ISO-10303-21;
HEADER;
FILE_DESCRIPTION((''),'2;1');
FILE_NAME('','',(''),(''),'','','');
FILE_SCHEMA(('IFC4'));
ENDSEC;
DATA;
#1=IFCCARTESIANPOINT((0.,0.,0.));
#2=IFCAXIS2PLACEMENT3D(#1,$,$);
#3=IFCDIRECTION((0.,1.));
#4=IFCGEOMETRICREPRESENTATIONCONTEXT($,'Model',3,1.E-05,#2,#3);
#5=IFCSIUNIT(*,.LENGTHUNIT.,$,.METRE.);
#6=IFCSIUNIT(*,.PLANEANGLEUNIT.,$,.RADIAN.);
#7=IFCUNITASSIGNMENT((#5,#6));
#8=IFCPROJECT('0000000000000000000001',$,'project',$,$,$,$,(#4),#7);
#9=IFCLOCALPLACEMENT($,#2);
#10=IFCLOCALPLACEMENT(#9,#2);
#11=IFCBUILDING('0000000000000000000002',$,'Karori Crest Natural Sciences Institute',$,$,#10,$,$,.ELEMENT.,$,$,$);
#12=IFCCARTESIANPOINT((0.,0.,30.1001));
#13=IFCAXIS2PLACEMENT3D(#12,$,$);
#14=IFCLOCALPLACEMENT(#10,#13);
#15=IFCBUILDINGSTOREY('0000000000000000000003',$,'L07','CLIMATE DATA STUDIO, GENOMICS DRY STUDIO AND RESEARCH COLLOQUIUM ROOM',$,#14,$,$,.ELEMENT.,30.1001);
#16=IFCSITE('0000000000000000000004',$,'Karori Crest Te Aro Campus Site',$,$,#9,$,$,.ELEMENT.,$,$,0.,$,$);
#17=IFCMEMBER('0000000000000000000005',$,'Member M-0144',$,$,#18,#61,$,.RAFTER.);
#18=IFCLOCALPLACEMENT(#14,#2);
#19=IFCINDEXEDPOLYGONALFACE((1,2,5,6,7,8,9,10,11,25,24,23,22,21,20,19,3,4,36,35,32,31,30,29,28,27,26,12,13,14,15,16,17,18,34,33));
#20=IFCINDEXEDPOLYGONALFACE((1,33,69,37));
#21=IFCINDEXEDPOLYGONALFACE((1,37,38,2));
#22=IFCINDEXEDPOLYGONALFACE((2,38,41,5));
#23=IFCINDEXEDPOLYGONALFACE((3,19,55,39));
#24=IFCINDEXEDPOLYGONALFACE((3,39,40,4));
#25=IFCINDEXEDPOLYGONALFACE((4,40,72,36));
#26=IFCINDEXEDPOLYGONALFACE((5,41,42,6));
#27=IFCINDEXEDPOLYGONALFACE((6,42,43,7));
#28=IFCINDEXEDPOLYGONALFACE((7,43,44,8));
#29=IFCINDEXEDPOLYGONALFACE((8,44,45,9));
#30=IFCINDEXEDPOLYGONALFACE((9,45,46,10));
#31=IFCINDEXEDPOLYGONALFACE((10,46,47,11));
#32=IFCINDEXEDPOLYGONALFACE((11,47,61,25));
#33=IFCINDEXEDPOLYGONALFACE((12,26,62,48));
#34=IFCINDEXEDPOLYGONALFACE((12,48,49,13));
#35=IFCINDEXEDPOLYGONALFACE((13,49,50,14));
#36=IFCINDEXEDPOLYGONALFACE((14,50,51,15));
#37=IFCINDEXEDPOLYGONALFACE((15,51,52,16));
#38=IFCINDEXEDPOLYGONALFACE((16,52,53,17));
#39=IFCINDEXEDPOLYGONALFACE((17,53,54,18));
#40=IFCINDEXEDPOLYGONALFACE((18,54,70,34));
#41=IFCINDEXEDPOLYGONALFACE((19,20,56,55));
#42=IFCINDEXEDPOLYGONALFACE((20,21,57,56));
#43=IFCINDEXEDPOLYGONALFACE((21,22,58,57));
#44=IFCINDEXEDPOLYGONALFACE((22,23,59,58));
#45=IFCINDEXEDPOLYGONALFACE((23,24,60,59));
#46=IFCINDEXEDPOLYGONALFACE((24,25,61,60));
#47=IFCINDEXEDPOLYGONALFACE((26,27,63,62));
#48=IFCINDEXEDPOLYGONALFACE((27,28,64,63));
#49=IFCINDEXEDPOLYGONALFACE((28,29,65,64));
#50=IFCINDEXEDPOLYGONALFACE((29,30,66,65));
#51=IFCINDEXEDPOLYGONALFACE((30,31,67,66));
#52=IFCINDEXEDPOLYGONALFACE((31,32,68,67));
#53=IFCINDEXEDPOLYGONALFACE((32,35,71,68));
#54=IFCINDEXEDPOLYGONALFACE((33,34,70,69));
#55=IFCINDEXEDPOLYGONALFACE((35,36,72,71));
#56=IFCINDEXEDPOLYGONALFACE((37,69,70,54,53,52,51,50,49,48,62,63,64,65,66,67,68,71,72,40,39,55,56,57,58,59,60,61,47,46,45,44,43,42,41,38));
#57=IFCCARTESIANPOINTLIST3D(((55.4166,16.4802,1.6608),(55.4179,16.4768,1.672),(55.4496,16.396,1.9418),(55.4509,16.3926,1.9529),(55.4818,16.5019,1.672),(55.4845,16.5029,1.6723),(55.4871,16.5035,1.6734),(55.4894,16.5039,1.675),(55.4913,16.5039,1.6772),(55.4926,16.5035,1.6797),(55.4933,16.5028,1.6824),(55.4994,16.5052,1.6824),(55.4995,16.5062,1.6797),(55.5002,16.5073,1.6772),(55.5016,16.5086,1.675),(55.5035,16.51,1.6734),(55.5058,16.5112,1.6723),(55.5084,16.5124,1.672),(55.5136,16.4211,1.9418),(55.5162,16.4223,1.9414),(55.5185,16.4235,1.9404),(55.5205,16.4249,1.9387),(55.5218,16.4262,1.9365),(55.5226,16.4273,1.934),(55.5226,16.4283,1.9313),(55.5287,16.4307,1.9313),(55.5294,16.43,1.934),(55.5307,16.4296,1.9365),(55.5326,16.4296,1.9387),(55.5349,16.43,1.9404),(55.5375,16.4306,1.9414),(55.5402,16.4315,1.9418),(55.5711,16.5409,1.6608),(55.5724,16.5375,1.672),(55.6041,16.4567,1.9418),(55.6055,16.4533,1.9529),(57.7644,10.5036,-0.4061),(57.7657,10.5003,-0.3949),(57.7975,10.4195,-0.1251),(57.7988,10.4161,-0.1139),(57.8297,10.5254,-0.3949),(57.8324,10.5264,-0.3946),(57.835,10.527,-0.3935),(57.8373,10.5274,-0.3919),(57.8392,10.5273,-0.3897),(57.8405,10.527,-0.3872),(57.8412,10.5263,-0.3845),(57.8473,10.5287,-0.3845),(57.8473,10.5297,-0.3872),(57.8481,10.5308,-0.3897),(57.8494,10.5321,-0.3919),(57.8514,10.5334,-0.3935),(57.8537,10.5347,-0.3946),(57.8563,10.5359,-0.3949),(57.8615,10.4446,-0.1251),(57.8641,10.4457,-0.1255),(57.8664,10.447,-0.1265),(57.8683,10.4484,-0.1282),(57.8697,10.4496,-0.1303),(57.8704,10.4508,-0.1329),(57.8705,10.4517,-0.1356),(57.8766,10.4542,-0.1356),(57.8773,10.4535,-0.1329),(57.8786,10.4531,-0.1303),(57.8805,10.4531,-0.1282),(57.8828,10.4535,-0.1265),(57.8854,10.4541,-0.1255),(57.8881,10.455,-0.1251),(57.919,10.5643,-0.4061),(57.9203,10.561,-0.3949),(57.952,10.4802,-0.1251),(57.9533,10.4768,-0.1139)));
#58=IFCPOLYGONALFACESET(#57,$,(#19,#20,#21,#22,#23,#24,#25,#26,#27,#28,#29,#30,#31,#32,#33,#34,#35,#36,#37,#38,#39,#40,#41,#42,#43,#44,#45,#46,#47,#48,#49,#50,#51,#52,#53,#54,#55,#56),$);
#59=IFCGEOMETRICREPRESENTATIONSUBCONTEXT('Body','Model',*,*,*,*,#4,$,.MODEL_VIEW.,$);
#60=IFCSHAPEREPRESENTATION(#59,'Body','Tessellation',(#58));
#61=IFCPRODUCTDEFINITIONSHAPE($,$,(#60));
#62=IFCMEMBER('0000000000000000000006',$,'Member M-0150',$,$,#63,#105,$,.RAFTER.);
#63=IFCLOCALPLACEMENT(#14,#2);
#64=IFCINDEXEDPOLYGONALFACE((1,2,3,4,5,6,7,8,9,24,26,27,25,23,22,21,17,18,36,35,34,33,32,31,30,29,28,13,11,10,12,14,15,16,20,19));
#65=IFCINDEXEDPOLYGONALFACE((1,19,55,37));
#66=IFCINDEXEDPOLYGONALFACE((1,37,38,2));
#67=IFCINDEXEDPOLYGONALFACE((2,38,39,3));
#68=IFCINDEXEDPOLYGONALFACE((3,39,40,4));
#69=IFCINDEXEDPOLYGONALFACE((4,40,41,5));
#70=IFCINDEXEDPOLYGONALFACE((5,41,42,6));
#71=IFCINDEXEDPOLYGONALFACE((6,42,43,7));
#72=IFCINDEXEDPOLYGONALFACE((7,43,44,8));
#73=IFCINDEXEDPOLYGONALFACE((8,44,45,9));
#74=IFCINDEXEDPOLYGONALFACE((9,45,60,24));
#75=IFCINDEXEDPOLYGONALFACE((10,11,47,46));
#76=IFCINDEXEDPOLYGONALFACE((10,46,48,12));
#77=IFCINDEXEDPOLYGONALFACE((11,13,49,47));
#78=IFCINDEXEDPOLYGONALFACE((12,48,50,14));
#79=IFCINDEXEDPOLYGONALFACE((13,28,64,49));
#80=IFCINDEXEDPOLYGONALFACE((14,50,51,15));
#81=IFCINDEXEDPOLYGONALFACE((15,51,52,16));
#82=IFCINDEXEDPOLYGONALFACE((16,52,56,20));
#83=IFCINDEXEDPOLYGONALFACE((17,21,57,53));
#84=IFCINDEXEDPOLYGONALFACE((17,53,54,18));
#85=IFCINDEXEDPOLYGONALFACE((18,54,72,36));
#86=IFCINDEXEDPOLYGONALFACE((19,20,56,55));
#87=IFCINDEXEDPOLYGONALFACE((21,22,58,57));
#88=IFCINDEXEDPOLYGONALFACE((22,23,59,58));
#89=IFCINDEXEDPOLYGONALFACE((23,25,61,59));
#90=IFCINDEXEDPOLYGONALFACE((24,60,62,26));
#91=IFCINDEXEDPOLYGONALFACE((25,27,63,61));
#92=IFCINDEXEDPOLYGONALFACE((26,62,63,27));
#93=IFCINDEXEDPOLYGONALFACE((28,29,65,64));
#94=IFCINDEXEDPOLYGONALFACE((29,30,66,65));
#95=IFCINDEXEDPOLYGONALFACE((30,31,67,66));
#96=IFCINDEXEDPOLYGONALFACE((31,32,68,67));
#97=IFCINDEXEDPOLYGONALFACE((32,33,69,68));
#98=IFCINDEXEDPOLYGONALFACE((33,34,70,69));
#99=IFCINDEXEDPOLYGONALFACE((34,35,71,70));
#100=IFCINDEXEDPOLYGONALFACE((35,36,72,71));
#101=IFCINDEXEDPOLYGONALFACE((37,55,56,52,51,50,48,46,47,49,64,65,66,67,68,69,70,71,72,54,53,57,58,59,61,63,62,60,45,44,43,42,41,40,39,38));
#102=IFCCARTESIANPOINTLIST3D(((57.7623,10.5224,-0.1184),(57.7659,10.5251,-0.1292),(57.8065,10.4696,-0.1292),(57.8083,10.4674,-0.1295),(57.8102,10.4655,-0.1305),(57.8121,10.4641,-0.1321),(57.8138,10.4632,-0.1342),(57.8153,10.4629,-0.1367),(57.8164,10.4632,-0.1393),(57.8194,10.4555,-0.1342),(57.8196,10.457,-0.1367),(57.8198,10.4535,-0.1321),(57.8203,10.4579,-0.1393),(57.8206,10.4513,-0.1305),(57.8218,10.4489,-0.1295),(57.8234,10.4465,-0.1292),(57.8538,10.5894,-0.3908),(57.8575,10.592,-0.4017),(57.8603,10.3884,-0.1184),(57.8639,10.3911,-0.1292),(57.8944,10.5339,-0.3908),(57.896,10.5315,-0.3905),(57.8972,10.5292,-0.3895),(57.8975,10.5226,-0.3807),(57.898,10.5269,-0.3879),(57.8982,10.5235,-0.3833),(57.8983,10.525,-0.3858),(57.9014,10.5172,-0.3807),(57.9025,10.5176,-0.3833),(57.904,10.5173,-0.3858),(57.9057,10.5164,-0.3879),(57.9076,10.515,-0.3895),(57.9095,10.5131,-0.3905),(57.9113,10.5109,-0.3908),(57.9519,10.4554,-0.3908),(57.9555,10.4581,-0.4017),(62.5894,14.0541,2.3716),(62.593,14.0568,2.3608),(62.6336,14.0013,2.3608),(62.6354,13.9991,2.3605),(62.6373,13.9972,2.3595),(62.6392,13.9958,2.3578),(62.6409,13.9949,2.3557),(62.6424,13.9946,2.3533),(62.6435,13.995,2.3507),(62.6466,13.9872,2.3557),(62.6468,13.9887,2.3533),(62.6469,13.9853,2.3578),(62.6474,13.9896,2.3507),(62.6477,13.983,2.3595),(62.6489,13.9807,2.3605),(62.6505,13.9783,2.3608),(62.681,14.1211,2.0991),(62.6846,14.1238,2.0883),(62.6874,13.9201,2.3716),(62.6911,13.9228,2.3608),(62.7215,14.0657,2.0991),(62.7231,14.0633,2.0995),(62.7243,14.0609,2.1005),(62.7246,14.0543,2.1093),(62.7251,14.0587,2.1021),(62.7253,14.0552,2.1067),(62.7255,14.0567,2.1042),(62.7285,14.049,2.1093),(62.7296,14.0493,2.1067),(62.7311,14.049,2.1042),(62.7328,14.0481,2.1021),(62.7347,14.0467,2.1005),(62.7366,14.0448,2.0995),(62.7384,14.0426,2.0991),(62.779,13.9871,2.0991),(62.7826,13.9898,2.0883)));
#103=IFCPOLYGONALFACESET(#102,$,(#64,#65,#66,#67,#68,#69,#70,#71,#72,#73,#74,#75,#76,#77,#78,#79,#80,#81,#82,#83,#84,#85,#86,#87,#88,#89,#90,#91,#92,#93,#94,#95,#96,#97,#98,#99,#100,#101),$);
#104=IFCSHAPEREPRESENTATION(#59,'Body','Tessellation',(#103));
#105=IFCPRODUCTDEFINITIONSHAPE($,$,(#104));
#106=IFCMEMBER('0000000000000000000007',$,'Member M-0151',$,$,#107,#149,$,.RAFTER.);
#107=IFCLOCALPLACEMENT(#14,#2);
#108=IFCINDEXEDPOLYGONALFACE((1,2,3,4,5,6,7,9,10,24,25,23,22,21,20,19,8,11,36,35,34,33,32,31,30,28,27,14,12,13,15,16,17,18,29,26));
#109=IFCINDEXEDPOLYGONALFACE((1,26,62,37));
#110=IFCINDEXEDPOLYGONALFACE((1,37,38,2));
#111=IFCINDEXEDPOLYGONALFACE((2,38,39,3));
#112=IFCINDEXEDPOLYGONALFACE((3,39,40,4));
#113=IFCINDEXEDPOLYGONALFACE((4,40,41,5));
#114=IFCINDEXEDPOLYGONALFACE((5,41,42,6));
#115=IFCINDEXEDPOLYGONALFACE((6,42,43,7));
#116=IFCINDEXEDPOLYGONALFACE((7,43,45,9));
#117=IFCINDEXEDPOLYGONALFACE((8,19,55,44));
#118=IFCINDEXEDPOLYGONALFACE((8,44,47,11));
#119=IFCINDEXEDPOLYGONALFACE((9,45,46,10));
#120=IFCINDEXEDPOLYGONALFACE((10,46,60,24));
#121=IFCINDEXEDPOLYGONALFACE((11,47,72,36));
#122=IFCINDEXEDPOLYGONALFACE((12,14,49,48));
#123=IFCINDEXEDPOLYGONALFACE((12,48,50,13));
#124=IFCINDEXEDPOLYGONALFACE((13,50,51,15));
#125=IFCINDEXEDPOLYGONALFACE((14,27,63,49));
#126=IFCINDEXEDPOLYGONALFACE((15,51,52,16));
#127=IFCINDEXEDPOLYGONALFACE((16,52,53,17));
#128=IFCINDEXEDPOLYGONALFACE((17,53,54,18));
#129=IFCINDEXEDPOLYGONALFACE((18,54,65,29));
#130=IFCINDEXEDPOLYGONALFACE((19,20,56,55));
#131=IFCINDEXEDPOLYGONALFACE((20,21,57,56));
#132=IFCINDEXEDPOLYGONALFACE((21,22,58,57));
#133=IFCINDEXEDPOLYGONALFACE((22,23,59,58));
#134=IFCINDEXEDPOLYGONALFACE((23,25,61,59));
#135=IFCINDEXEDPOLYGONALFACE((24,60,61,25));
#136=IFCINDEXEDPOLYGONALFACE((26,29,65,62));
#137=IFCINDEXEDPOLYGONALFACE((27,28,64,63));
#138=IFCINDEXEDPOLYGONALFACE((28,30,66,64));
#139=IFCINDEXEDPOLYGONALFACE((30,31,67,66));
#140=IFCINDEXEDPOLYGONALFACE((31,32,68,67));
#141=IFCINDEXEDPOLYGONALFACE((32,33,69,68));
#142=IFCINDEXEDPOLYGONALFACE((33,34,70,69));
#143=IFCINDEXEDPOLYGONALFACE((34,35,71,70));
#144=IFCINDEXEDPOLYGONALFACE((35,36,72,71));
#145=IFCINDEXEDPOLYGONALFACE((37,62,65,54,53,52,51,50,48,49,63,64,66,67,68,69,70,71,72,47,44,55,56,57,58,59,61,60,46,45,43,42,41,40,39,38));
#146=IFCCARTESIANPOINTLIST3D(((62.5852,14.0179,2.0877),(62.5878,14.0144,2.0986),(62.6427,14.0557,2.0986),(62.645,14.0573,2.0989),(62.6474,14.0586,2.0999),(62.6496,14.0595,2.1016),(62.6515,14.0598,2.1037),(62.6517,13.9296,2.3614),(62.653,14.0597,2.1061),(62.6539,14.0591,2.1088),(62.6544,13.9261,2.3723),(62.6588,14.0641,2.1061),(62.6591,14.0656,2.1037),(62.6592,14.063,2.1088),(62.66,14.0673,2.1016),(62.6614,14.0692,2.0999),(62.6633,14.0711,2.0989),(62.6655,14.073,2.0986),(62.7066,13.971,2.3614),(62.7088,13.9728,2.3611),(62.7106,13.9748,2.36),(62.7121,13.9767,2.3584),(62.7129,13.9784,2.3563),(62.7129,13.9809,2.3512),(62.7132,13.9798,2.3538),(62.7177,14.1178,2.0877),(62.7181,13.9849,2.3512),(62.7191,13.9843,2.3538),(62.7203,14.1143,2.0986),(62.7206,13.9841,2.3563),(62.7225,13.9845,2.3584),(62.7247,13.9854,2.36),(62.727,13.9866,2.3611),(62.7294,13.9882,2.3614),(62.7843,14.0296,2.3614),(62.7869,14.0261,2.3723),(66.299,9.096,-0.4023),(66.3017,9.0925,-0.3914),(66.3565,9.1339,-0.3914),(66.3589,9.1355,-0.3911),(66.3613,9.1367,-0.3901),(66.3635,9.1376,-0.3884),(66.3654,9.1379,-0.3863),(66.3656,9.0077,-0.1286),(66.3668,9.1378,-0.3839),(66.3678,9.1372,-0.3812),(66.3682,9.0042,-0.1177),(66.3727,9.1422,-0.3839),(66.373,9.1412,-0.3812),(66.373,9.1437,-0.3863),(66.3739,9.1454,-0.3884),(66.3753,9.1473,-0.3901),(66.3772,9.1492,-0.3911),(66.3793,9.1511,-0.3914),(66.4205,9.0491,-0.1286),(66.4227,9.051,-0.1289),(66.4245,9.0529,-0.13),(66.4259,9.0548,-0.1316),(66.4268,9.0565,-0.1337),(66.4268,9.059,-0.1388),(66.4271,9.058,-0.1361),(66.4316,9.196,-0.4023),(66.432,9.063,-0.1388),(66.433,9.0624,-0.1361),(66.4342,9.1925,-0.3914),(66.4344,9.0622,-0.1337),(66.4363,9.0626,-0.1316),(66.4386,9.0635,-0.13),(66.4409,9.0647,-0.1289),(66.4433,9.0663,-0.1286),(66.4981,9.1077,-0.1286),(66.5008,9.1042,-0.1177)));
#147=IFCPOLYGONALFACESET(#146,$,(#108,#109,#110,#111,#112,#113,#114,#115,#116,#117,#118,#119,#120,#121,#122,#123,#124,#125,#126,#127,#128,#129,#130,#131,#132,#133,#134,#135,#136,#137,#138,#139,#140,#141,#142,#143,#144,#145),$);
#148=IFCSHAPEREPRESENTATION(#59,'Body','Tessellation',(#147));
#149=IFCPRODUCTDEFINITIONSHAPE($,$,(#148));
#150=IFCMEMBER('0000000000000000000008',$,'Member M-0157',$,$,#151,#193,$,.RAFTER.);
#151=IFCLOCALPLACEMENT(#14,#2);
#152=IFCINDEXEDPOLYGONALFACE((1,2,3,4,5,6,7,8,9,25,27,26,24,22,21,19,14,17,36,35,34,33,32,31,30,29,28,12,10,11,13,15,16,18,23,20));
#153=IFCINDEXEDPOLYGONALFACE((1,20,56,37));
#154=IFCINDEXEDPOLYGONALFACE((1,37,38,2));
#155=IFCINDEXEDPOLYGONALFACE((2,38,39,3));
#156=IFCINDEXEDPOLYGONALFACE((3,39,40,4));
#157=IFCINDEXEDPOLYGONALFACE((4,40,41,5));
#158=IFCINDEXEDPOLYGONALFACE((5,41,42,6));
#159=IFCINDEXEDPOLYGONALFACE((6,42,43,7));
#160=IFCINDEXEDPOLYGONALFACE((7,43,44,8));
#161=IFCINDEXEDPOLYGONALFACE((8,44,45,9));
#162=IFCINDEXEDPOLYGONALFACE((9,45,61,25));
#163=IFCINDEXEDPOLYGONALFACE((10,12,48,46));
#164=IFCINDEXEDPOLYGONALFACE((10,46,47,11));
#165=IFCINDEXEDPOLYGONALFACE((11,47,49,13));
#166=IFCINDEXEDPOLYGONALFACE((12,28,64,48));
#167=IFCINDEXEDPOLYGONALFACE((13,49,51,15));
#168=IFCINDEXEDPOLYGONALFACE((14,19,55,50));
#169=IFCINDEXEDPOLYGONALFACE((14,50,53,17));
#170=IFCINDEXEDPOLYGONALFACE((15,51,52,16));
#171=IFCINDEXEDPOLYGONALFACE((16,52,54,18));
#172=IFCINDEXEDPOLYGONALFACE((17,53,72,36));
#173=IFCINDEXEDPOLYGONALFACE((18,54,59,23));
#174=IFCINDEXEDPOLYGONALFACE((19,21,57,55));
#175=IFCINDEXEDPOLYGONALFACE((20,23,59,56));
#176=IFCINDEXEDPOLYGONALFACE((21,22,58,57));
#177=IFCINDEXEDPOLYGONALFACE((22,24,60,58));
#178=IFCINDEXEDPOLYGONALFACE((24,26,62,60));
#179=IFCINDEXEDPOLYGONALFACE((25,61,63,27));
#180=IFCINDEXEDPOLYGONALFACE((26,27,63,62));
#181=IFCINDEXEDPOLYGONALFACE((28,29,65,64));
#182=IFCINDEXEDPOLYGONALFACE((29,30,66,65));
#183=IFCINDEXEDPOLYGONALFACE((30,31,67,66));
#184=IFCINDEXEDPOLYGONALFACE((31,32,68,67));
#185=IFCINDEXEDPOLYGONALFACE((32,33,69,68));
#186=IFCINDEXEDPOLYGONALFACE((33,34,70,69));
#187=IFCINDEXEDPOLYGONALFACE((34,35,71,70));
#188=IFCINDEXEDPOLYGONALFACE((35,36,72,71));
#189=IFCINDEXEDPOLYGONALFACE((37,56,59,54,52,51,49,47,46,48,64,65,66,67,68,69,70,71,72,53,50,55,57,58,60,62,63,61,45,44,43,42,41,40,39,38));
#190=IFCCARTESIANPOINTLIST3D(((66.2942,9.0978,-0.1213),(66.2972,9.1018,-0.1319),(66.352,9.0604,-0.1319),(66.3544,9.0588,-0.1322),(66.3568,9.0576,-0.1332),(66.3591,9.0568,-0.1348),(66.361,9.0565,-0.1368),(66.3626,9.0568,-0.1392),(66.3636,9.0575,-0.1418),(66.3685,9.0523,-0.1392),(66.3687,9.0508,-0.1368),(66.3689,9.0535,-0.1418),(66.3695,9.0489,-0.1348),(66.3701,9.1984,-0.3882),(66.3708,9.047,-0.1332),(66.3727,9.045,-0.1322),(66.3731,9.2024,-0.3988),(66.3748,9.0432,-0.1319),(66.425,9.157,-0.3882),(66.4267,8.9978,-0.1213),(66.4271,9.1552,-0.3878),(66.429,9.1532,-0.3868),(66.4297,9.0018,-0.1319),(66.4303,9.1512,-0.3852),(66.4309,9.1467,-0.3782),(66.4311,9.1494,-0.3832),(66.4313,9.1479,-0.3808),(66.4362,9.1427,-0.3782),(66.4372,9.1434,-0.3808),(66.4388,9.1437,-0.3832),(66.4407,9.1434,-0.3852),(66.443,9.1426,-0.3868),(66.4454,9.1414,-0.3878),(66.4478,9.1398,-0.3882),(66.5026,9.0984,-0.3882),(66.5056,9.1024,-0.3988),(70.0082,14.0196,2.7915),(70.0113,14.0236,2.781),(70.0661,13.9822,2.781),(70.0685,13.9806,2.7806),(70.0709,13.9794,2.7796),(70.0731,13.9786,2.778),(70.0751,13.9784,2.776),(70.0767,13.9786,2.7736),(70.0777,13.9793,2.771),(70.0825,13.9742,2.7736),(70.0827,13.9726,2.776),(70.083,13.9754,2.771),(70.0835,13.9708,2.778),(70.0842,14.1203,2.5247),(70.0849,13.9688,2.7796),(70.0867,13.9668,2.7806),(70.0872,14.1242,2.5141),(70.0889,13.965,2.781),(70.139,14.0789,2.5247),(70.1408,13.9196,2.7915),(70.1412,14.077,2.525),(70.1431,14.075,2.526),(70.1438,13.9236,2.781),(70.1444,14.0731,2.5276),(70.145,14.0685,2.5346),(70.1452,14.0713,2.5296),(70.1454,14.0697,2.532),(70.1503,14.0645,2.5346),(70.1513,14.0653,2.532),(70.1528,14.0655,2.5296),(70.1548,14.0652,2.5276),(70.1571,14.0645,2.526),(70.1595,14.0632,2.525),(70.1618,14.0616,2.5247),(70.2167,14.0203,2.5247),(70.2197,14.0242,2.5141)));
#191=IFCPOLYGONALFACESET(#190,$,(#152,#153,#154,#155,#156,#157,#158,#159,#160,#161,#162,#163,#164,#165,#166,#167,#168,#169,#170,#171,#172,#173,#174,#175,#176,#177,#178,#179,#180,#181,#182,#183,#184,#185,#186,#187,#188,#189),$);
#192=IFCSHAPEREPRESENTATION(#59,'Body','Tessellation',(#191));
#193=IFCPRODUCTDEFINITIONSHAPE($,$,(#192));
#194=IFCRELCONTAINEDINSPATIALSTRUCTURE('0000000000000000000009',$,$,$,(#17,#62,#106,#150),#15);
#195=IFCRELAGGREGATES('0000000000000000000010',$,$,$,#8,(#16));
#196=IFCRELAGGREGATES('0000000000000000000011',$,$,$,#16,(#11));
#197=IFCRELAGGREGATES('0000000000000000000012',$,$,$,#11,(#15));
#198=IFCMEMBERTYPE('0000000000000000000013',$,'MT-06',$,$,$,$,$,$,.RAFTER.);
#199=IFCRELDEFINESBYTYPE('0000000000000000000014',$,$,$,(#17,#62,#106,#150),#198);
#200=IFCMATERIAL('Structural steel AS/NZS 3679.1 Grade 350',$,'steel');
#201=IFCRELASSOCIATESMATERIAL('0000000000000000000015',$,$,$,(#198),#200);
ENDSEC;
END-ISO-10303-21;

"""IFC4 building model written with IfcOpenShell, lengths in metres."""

from ifc_helpers import new_model, si_unit, direction, frame, origin, origin_2d, place, context, subcontext, project, spatial, i_section, extrude, material, material_profile, profile_set, type_object, element, save


model = new_model("IFC4")

# Units and contexts
model_context = context("Model", 3, precision=1e-05, world=origin(), true_north=direction((0.0, 1.0)))
body_context = subcontext(model_context, "Body", "Model", "MODEL_VIEW")
ifc_project = project(units=[si_unit("LENGTHUNIT", "METRE"), si_unit("PLANEANGLEUNIT", "RADIAN")], contexts=[model_context])

# Site, building, storey
site_placement = place(None, origin())
site = spatial("IfcSite", under=ifc_project, at=site_placement, Name="Karori Crest Te Aro Campus Site", CompositionType="ELEMENT", RefElevation=0.0)
building_placement = place(site_placement, origin())
building = spatial("IfcBuilding", under=site, at=building_placement, Name="Karori Crest Natural Sciences Institute", CompositionType="ELEMENT")
storey_placement = place(building_placement, frame((0.0, 0.0, 30.1001)))
storey = spatial("IfcBuildingStorey", under=building, at=storey_placement, Name="L07", Description="CLIMATE DATA STUDIO, GENOMICS DRY STUDIO AND RESEARCH COLLOQUIUM ROOM", CompositionType="ELEMENT", Elevation=30.1001)

# Members
ifc_material_1 = material(Name="Structural steel AS/NZS 3679.1 Grade 350", Category="steel")
ifc_material_profile_1 = material_profile(ifc_material_1, i_section(OverallWidth=0.166, OverallDepth=0.3069, WebThickness=0.0066, FlangeThickness=0.0117, FilletRadius=0.011, at=origin_2d()), Name="310UB46.2")
ifc_profile_set_1 = profile_set([ifc_material_profile_1], Name="Structural steel AS/NZS 3679.1 Grade 350")
member_type_1 = type_object("IfcMemberType", Name="MT-06", PredefinedType="RAFTER", material=ifc_profile_set_1)
member_1_placement = place(storey_placement, frame((57.8589, 10.4902, -0.26), z_axis=(-0.348061, 0.885986, 0.306403), x_axis=(-0.930753, -0.365648, 0.0)))
element("IfcMember", 1, at=member_1_placement, inside=storey, type_object=member_type_1, Name="Member M-0144", PredefinedType="RAFTER", context=body_context, shape_type="SweptSolid", body=[
    extrude(i_section(OverallWidth=0.166, OverallDepth=0.3069, WebThickness=0.0066, FlangeThickness=0.0117, FilletRadius=0.011, at=origin_2d()), origin(), (0.0, 0.0, 1.0), 6.7456),
])
member_2_placement = place(storey_placement, frame((57.8589, 10.4902, -0.26), z_axis=(0.745071, 0.545124, 0.38433), x_axis=(-0.590475, 0.807056, 0.0)))
element("IfcMember", 2, at=member_2_placement, inside=storey, type_object=member_type_1, Name="Member M-0150", PredefinedType="RAFTER", context=body_context, shape_type="SweptSolid", body=[
    extrude(i_section(OverallWidth=0.166, OverallDepth=0.3069, WebThickness=0.0066, FlangeThickness=0.0117, FilletRadius=0.011, at=origin_2d()), origin(), (0.0, 0.0, 1.0), 6.4788),
])
member_3_placement = place(storey_placement, frame((66.3999, 9.1001, -0.26), z_axis=(-0.558506, 0.740172, 0.374455), x_axis=(-0.798248, -0.602329, 0.0)))
element("IfcMember", 3, at=member_3_placement, inside=storey, type_object=member_type_1, Name="Member M-0151", PredefinedType="RAFTER", context=body_context, shape_type="SweptSolid", body=[
    extrude(i_section(OverallWidth=0.166, OverallDepth=0.3069, WebThickness=0.0066, FlangeThickness=0.0117, FilletRadius=0.011, at=origin_2d()), origin(), (0.0, 0.0, 1.0), 6.6497),
])
member_4_placement = place(storey_placement, frame((66.3999, 9.1001, -0.26), z_axis=(0.54464, 0.721747, 0.427141), x_axis=(-0.798229, 0.602354, 0.0)))
element("IfcMember", 4, at=member_4_placement, inside=storey, type_object=member_type_1, Name="Member M-0157", PredefinedType="RAFTER", context=body_context, shape_type="SweptSolid", body=[
    extrude(i_section(OverallWidth=0.166, OverallDepth=0.3069, WebThickness=0.0066, FlangeThickness=0.0117, FilletRadius=0.011, at=origin_2d()), origin(), (0.0, 0.0, 1.0), 6.8193),
])

save(model, "model.ifc")
